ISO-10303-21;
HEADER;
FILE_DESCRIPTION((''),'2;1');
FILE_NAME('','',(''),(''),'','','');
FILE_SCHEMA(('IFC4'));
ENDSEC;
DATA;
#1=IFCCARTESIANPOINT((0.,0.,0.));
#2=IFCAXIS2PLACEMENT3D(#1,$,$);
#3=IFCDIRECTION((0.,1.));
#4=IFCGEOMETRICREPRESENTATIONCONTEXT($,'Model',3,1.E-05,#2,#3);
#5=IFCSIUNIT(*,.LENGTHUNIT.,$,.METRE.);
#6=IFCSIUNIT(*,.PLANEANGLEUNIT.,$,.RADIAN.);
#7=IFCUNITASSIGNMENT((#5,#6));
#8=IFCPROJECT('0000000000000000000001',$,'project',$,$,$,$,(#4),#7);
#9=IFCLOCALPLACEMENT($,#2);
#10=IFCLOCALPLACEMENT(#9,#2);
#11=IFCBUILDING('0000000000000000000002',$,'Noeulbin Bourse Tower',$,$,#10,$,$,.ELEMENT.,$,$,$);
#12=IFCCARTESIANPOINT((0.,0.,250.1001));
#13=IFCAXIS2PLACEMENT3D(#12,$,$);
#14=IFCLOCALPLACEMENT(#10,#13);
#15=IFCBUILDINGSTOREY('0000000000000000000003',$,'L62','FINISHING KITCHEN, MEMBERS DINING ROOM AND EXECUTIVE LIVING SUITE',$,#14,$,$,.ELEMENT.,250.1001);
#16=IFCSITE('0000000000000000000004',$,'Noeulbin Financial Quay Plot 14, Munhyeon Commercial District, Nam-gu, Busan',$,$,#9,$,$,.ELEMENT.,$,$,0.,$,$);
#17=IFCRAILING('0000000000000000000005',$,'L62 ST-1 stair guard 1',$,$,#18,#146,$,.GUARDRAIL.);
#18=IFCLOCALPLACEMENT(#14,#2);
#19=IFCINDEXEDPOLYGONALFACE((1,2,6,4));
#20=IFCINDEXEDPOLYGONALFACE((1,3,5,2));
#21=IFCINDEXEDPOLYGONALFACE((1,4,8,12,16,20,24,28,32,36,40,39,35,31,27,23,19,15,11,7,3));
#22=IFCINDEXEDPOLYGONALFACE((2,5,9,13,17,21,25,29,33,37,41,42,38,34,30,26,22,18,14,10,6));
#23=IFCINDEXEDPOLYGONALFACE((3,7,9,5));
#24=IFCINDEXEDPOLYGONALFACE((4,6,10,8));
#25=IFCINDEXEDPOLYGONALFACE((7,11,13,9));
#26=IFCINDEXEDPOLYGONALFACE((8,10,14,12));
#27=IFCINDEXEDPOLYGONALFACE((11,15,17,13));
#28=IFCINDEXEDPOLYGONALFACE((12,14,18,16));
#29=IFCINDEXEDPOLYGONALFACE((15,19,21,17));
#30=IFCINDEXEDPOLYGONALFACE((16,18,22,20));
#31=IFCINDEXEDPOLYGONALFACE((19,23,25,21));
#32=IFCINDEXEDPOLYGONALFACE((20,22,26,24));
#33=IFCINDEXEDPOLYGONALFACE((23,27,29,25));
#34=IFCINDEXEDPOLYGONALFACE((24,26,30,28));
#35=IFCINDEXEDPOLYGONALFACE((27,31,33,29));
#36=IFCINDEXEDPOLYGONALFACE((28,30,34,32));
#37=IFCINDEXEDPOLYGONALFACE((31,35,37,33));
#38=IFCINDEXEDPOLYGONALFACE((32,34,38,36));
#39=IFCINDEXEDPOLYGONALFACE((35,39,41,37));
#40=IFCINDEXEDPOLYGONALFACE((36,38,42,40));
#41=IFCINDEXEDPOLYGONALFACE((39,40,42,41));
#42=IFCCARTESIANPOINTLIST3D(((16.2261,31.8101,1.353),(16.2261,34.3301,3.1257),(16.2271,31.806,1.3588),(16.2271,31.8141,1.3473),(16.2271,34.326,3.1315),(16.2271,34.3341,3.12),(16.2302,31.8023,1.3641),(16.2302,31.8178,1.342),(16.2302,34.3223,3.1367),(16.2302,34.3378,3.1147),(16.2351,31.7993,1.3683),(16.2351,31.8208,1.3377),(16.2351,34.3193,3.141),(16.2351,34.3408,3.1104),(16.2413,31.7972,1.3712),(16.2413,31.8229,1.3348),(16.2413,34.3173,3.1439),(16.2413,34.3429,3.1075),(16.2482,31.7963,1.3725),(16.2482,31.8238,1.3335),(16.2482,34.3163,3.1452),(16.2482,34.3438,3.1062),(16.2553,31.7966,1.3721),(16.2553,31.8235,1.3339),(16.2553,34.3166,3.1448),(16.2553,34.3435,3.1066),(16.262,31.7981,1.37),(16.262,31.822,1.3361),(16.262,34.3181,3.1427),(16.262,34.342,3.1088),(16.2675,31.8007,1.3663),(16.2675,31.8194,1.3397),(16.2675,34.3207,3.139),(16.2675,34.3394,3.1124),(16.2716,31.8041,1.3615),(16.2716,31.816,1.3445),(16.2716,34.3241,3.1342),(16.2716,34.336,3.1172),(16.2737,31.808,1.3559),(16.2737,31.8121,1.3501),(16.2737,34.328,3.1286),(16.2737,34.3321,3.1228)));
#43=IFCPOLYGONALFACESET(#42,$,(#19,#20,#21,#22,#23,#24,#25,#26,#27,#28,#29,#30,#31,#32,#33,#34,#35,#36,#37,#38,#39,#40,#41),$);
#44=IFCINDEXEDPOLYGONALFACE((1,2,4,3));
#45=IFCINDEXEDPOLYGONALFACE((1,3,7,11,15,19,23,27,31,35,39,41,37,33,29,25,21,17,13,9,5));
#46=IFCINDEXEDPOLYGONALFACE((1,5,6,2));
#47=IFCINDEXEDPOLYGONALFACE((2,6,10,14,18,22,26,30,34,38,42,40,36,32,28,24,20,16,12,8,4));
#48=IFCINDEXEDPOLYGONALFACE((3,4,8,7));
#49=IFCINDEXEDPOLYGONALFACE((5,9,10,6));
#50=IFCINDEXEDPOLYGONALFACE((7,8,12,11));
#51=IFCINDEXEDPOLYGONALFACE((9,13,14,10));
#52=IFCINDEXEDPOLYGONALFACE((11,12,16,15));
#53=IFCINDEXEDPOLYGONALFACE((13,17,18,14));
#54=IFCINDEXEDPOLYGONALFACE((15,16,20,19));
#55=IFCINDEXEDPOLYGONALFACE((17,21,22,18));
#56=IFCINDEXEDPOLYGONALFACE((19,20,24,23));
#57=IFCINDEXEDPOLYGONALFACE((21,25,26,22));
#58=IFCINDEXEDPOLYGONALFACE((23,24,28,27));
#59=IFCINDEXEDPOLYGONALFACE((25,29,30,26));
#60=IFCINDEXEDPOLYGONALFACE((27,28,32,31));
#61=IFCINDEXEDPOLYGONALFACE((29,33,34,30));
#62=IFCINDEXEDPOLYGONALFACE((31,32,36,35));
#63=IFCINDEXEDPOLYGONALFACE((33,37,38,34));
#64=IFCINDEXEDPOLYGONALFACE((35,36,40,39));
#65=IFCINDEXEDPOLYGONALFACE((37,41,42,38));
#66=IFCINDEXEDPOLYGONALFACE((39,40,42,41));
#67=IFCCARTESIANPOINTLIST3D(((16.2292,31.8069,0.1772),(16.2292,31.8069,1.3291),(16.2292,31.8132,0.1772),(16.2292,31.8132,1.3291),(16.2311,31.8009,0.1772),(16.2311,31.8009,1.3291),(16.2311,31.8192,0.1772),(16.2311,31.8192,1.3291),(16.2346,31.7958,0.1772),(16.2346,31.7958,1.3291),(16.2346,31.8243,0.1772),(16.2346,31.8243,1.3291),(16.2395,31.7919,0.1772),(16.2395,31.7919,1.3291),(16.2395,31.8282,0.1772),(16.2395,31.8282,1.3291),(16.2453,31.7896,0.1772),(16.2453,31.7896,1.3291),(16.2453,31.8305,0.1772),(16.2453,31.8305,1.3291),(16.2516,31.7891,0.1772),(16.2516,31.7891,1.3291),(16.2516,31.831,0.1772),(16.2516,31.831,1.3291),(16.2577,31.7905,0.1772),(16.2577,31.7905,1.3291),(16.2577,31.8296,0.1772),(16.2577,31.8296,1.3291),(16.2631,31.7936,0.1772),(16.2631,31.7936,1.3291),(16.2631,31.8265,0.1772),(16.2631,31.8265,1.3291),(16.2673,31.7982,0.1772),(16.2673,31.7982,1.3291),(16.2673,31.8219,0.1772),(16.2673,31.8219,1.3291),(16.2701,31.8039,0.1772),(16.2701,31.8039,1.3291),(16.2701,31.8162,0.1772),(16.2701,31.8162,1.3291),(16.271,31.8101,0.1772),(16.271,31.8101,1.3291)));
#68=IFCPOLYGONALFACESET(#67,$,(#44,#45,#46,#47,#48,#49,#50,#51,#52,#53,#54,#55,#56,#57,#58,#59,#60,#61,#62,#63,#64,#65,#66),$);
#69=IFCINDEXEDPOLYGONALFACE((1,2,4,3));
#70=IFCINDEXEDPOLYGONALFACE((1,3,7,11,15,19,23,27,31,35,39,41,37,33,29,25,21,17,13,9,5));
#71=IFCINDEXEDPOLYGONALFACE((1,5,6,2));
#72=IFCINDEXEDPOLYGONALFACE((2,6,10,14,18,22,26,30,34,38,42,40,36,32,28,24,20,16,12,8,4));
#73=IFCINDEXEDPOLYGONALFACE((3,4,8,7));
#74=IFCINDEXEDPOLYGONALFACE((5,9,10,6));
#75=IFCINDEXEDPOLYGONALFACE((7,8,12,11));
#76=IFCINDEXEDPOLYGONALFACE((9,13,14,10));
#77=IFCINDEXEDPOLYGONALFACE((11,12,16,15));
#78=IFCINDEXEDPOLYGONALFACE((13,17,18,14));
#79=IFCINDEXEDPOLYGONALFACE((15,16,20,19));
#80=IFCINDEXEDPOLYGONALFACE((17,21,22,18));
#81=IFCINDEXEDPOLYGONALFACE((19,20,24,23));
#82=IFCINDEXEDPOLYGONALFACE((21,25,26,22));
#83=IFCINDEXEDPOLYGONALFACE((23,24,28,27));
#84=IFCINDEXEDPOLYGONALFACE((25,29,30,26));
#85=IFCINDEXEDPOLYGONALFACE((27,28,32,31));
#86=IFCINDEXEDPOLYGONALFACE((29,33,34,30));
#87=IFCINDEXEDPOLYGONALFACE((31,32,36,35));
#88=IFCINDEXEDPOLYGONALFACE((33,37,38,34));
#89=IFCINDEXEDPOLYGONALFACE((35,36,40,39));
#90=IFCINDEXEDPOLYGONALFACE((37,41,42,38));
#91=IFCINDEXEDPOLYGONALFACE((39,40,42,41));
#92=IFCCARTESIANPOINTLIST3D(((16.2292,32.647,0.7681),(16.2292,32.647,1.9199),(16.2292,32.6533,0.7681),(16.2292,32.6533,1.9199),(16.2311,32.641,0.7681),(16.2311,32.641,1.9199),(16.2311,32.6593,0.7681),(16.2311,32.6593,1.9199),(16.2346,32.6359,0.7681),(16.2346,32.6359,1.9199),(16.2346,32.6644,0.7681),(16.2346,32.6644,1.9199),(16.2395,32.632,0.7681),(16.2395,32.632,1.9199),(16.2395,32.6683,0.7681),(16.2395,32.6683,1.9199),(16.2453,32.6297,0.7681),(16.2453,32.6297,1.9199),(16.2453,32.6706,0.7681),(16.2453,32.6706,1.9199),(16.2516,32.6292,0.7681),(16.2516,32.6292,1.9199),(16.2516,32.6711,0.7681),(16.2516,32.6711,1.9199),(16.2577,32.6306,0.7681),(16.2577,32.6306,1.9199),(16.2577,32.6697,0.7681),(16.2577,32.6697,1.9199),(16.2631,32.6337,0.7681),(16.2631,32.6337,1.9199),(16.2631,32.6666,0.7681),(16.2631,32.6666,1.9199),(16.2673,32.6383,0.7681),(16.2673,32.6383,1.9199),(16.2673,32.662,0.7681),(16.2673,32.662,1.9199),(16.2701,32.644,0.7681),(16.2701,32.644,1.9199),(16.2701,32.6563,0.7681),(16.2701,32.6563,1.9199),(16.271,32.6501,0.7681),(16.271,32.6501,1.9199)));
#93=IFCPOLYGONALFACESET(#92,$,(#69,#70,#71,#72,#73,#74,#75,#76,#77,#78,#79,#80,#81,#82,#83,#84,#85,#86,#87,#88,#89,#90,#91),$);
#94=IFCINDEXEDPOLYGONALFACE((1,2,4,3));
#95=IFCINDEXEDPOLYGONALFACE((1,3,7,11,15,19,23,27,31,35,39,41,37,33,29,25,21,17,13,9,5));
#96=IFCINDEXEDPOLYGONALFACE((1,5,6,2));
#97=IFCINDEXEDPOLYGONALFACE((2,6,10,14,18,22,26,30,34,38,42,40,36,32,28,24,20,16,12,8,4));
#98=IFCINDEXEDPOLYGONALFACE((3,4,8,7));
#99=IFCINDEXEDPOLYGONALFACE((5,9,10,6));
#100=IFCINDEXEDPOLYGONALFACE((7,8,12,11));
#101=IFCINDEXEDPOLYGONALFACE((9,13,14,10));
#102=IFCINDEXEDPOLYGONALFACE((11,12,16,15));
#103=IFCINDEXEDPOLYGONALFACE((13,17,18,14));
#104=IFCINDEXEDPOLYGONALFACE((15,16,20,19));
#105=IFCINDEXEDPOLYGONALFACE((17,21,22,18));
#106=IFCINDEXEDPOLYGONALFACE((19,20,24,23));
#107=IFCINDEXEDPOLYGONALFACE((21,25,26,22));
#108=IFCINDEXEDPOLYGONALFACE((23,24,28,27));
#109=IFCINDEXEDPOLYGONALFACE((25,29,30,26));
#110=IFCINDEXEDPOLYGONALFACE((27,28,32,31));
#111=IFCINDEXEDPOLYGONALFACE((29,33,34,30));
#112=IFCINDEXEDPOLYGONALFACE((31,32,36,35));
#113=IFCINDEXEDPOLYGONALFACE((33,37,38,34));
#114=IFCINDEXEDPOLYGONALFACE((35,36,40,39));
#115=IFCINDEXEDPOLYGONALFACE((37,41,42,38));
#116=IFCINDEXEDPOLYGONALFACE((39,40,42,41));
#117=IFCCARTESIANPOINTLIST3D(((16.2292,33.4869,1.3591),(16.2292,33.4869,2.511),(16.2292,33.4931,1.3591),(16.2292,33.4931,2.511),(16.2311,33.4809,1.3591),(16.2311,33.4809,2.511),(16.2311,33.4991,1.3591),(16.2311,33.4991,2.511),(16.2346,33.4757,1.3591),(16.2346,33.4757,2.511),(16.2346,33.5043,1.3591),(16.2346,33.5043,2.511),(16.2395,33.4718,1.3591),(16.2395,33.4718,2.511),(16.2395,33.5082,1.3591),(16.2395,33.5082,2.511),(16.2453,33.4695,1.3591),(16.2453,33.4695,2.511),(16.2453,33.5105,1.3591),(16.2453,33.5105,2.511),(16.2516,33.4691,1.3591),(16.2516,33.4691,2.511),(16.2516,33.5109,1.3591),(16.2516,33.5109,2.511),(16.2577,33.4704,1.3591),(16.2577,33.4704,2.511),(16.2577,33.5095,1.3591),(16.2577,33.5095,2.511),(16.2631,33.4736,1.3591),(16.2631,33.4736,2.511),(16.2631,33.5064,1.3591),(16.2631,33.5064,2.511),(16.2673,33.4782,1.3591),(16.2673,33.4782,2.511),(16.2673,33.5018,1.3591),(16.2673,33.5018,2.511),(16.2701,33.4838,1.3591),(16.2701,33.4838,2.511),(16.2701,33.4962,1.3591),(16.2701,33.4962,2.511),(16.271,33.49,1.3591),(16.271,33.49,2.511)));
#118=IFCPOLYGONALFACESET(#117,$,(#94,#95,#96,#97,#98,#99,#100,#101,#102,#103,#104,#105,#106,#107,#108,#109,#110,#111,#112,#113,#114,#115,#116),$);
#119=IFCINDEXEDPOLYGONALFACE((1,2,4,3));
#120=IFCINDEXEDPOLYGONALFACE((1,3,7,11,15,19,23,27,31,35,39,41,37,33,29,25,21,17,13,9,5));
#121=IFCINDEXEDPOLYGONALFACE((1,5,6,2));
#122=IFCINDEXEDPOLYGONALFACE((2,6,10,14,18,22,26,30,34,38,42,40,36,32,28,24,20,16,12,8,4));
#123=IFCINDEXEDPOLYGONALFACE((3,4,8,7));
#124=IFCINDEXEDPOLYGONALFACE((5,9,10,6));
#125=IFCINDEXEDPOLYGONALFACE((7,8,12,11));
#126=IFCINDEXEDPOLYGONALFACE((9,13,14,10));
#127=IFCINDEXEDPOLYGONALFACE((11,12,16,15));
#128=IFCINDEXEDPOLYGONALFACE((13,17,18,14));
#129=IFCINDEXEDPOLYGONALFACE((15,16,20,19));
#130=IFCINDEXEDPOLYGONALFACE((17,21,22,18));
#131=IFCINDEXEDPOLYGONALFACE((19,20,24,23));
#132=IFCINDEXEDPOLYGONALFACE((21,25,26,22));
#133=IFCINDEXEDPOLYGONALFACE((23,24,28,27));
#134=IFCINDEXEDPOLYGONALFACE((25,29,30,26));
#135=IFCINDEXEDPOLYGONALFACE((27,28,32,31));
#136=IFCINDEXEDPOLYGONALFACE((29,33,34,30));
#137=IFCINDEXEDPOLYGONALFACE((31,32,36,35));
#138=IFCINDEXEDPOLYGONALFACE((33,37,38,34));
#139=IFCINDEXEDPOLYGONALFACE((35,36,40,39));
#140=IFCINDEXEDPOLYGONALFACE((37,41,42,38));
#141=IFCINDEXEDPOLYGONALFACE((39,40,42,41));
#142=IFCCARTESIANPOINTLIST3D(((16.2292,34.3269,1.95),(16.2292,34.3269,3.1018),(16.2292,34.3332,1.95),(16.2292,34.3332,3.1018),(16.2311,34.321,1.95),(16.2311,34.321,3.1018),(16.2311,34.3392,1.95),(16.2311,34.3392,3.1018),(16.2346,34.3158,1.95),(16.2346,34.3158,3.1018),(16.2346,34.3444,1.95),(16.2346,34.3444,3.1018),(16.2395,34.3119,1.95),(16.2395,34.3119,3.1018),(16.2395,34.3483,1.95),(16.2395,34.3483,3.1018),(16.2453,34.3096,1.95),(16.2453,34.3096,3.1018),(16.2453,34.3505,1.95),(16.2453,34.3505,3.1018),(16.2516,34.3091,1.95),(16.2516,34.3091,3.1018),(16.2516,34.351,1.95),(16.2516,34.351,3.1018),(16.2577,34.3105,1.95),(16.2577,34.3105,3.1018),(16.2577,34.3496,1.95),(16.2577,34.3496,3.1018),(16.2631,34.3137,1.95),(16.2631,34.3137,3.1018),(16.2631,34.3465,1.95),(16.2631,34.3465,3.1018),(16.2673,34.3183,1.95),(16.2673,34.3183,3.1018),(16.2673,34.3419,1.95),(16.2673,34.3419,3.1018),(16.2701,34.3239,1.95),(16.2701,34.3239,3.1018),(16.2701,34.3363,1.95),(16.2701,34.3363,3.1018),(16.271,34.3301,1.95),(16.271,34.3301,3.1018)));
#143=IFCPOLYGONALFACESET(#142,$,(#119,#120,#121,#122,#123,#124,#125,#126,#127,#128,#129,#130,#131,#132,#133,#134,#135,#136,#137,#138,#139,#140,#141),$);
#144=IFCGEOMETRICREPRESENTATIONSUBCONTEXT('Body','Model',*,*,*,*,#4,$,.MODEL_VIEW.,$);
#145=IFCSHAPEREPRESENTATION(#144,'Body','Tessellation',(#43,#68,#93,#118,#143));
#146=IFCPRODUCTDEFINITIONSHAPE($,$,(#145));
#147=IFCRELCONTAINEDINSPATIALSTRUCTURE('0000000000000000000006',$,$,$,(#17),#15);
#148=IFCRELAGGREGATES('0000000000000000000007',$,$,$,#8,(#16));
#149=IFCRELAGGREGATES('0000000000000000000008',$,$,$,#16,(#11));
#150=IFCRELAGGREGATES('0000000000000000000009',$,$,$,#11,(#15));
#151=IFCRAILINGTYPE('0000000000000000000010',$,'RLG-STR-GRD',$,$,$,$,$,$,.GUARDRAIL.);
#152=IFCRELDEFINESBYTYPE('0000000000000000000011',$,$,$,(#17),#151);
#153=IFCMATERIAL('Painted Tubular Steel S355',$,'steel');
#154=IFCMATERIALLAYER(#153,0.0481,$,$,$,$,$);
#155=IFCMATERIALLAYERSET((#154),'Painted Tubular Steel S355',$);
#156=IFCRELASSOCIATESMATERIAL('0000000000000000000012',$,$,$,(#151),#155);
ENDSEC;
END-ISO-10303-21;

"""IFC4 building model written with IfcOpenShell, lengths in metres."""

from ifc_helpers import new_model, si_unit, direction, frame, origin, origin_2d, place, context, subcontext, project, spatial, circle, extrude, material, layer, layer_set, type_object, element, save


model = new_model("IFC4")

# Units and contexts
model_context = context("Model", 3, precision=1e-05, world=origin(), true_north=direction((0.0, 1.0)))
body_context = subcontext(model_context, "Body", "Model", "MODEL_VIEW")
ifc_project = project(units=[si_unit("LENGTHUNIT", "METRE"), si_unit("PLANEANGLEUNIT", "RADIAN")], contexts=[model_context])

# Site, building, storey
site_placement = place(None, origin())
site = spatial("IfcSite", under=ifc_project, at=site_placement, Name="Noeulbin Financial Quay Plot 14, Munhyeon Commercial District, Nam-gu, Busan", CompositionType="ELEMENT", RefElevation=0.0)
building_placement = place(site_placement, origin())
building = spatial("IfcBuilding", under=site, at=building_placement, Name="Noeulbin Bourse Tower", CompositionType="ELEMENT")
storey_placement = place(building_placement, frame((0.0, 0.0, 250.1001)))
storey = spatial("IfcBuildingStorey", under=building, at=storey_placement, Name="L62", Description="FINISHING KITCHEN, MEMBERS DINING ROOM AND EXECUTIVE LIVING SUITE", CompositionType="ELEMENT", Elevation=250.1001)

# Railing
ifc_material_1 = material(Name="Painted Tubular Steel S355", Category="steel")
ifc_layer_1 = layer(ifc_material_1, 0.0481)
ifc_layer_set_1 = layer_set([ifc_layer_1], Name="Painted Tubular Steel S355")
railing_type_1 = type_object("IfcRailingType", Name="RLG-STR-GRD", PredefinedType="GUARDRAIL", material=ifc_layer_set_1)
railing_1_placement = place(storey_placement, frame((16.25, 31.8101, 0.1772)))
element("IfcRailing", 1, at=railing_1_placement, inside=storey, type_object=railing_type_1, Name="L62 ST-1 stair guard 1", PredefinedType="GUARDRAIL", context=body_context, shape_type="SweptSolid", body=[
    extrude(circle(Radius=0.0239, at=origin_2d()), frame((0.0, 0.0, 1.1758), z_axis=(0.0, 0.817904, 0.575354), x_axis=(-1.0, 0.0, 0.0)), (0.0, 0.0, 1.0), 3.0811),
    extrude(circle(Radius=0.021, at=origin_2d()), origin(), (0.0, 0.0, 1.0), 1.1519),
    extrude(circle(Radius=0.021, at=origin_2d()), frame((0.0, 0.8401, 0.5908)), (0.0, 0.0, 1.0), 1.1519),
    extrude(circle(Radius=0.021, at=origin_2d()), frame((0.0, 1.6799, 1.1819)), (0.0, 0.0, 1.0), 1.1519),
    extrude(circle(Radius=0.021, at=origin_2d()), frame((0.0, 2.52, 1.7727)), (0.0, 0.0, 1.0), 1.1519),
])

save(model, "model.ifc")
